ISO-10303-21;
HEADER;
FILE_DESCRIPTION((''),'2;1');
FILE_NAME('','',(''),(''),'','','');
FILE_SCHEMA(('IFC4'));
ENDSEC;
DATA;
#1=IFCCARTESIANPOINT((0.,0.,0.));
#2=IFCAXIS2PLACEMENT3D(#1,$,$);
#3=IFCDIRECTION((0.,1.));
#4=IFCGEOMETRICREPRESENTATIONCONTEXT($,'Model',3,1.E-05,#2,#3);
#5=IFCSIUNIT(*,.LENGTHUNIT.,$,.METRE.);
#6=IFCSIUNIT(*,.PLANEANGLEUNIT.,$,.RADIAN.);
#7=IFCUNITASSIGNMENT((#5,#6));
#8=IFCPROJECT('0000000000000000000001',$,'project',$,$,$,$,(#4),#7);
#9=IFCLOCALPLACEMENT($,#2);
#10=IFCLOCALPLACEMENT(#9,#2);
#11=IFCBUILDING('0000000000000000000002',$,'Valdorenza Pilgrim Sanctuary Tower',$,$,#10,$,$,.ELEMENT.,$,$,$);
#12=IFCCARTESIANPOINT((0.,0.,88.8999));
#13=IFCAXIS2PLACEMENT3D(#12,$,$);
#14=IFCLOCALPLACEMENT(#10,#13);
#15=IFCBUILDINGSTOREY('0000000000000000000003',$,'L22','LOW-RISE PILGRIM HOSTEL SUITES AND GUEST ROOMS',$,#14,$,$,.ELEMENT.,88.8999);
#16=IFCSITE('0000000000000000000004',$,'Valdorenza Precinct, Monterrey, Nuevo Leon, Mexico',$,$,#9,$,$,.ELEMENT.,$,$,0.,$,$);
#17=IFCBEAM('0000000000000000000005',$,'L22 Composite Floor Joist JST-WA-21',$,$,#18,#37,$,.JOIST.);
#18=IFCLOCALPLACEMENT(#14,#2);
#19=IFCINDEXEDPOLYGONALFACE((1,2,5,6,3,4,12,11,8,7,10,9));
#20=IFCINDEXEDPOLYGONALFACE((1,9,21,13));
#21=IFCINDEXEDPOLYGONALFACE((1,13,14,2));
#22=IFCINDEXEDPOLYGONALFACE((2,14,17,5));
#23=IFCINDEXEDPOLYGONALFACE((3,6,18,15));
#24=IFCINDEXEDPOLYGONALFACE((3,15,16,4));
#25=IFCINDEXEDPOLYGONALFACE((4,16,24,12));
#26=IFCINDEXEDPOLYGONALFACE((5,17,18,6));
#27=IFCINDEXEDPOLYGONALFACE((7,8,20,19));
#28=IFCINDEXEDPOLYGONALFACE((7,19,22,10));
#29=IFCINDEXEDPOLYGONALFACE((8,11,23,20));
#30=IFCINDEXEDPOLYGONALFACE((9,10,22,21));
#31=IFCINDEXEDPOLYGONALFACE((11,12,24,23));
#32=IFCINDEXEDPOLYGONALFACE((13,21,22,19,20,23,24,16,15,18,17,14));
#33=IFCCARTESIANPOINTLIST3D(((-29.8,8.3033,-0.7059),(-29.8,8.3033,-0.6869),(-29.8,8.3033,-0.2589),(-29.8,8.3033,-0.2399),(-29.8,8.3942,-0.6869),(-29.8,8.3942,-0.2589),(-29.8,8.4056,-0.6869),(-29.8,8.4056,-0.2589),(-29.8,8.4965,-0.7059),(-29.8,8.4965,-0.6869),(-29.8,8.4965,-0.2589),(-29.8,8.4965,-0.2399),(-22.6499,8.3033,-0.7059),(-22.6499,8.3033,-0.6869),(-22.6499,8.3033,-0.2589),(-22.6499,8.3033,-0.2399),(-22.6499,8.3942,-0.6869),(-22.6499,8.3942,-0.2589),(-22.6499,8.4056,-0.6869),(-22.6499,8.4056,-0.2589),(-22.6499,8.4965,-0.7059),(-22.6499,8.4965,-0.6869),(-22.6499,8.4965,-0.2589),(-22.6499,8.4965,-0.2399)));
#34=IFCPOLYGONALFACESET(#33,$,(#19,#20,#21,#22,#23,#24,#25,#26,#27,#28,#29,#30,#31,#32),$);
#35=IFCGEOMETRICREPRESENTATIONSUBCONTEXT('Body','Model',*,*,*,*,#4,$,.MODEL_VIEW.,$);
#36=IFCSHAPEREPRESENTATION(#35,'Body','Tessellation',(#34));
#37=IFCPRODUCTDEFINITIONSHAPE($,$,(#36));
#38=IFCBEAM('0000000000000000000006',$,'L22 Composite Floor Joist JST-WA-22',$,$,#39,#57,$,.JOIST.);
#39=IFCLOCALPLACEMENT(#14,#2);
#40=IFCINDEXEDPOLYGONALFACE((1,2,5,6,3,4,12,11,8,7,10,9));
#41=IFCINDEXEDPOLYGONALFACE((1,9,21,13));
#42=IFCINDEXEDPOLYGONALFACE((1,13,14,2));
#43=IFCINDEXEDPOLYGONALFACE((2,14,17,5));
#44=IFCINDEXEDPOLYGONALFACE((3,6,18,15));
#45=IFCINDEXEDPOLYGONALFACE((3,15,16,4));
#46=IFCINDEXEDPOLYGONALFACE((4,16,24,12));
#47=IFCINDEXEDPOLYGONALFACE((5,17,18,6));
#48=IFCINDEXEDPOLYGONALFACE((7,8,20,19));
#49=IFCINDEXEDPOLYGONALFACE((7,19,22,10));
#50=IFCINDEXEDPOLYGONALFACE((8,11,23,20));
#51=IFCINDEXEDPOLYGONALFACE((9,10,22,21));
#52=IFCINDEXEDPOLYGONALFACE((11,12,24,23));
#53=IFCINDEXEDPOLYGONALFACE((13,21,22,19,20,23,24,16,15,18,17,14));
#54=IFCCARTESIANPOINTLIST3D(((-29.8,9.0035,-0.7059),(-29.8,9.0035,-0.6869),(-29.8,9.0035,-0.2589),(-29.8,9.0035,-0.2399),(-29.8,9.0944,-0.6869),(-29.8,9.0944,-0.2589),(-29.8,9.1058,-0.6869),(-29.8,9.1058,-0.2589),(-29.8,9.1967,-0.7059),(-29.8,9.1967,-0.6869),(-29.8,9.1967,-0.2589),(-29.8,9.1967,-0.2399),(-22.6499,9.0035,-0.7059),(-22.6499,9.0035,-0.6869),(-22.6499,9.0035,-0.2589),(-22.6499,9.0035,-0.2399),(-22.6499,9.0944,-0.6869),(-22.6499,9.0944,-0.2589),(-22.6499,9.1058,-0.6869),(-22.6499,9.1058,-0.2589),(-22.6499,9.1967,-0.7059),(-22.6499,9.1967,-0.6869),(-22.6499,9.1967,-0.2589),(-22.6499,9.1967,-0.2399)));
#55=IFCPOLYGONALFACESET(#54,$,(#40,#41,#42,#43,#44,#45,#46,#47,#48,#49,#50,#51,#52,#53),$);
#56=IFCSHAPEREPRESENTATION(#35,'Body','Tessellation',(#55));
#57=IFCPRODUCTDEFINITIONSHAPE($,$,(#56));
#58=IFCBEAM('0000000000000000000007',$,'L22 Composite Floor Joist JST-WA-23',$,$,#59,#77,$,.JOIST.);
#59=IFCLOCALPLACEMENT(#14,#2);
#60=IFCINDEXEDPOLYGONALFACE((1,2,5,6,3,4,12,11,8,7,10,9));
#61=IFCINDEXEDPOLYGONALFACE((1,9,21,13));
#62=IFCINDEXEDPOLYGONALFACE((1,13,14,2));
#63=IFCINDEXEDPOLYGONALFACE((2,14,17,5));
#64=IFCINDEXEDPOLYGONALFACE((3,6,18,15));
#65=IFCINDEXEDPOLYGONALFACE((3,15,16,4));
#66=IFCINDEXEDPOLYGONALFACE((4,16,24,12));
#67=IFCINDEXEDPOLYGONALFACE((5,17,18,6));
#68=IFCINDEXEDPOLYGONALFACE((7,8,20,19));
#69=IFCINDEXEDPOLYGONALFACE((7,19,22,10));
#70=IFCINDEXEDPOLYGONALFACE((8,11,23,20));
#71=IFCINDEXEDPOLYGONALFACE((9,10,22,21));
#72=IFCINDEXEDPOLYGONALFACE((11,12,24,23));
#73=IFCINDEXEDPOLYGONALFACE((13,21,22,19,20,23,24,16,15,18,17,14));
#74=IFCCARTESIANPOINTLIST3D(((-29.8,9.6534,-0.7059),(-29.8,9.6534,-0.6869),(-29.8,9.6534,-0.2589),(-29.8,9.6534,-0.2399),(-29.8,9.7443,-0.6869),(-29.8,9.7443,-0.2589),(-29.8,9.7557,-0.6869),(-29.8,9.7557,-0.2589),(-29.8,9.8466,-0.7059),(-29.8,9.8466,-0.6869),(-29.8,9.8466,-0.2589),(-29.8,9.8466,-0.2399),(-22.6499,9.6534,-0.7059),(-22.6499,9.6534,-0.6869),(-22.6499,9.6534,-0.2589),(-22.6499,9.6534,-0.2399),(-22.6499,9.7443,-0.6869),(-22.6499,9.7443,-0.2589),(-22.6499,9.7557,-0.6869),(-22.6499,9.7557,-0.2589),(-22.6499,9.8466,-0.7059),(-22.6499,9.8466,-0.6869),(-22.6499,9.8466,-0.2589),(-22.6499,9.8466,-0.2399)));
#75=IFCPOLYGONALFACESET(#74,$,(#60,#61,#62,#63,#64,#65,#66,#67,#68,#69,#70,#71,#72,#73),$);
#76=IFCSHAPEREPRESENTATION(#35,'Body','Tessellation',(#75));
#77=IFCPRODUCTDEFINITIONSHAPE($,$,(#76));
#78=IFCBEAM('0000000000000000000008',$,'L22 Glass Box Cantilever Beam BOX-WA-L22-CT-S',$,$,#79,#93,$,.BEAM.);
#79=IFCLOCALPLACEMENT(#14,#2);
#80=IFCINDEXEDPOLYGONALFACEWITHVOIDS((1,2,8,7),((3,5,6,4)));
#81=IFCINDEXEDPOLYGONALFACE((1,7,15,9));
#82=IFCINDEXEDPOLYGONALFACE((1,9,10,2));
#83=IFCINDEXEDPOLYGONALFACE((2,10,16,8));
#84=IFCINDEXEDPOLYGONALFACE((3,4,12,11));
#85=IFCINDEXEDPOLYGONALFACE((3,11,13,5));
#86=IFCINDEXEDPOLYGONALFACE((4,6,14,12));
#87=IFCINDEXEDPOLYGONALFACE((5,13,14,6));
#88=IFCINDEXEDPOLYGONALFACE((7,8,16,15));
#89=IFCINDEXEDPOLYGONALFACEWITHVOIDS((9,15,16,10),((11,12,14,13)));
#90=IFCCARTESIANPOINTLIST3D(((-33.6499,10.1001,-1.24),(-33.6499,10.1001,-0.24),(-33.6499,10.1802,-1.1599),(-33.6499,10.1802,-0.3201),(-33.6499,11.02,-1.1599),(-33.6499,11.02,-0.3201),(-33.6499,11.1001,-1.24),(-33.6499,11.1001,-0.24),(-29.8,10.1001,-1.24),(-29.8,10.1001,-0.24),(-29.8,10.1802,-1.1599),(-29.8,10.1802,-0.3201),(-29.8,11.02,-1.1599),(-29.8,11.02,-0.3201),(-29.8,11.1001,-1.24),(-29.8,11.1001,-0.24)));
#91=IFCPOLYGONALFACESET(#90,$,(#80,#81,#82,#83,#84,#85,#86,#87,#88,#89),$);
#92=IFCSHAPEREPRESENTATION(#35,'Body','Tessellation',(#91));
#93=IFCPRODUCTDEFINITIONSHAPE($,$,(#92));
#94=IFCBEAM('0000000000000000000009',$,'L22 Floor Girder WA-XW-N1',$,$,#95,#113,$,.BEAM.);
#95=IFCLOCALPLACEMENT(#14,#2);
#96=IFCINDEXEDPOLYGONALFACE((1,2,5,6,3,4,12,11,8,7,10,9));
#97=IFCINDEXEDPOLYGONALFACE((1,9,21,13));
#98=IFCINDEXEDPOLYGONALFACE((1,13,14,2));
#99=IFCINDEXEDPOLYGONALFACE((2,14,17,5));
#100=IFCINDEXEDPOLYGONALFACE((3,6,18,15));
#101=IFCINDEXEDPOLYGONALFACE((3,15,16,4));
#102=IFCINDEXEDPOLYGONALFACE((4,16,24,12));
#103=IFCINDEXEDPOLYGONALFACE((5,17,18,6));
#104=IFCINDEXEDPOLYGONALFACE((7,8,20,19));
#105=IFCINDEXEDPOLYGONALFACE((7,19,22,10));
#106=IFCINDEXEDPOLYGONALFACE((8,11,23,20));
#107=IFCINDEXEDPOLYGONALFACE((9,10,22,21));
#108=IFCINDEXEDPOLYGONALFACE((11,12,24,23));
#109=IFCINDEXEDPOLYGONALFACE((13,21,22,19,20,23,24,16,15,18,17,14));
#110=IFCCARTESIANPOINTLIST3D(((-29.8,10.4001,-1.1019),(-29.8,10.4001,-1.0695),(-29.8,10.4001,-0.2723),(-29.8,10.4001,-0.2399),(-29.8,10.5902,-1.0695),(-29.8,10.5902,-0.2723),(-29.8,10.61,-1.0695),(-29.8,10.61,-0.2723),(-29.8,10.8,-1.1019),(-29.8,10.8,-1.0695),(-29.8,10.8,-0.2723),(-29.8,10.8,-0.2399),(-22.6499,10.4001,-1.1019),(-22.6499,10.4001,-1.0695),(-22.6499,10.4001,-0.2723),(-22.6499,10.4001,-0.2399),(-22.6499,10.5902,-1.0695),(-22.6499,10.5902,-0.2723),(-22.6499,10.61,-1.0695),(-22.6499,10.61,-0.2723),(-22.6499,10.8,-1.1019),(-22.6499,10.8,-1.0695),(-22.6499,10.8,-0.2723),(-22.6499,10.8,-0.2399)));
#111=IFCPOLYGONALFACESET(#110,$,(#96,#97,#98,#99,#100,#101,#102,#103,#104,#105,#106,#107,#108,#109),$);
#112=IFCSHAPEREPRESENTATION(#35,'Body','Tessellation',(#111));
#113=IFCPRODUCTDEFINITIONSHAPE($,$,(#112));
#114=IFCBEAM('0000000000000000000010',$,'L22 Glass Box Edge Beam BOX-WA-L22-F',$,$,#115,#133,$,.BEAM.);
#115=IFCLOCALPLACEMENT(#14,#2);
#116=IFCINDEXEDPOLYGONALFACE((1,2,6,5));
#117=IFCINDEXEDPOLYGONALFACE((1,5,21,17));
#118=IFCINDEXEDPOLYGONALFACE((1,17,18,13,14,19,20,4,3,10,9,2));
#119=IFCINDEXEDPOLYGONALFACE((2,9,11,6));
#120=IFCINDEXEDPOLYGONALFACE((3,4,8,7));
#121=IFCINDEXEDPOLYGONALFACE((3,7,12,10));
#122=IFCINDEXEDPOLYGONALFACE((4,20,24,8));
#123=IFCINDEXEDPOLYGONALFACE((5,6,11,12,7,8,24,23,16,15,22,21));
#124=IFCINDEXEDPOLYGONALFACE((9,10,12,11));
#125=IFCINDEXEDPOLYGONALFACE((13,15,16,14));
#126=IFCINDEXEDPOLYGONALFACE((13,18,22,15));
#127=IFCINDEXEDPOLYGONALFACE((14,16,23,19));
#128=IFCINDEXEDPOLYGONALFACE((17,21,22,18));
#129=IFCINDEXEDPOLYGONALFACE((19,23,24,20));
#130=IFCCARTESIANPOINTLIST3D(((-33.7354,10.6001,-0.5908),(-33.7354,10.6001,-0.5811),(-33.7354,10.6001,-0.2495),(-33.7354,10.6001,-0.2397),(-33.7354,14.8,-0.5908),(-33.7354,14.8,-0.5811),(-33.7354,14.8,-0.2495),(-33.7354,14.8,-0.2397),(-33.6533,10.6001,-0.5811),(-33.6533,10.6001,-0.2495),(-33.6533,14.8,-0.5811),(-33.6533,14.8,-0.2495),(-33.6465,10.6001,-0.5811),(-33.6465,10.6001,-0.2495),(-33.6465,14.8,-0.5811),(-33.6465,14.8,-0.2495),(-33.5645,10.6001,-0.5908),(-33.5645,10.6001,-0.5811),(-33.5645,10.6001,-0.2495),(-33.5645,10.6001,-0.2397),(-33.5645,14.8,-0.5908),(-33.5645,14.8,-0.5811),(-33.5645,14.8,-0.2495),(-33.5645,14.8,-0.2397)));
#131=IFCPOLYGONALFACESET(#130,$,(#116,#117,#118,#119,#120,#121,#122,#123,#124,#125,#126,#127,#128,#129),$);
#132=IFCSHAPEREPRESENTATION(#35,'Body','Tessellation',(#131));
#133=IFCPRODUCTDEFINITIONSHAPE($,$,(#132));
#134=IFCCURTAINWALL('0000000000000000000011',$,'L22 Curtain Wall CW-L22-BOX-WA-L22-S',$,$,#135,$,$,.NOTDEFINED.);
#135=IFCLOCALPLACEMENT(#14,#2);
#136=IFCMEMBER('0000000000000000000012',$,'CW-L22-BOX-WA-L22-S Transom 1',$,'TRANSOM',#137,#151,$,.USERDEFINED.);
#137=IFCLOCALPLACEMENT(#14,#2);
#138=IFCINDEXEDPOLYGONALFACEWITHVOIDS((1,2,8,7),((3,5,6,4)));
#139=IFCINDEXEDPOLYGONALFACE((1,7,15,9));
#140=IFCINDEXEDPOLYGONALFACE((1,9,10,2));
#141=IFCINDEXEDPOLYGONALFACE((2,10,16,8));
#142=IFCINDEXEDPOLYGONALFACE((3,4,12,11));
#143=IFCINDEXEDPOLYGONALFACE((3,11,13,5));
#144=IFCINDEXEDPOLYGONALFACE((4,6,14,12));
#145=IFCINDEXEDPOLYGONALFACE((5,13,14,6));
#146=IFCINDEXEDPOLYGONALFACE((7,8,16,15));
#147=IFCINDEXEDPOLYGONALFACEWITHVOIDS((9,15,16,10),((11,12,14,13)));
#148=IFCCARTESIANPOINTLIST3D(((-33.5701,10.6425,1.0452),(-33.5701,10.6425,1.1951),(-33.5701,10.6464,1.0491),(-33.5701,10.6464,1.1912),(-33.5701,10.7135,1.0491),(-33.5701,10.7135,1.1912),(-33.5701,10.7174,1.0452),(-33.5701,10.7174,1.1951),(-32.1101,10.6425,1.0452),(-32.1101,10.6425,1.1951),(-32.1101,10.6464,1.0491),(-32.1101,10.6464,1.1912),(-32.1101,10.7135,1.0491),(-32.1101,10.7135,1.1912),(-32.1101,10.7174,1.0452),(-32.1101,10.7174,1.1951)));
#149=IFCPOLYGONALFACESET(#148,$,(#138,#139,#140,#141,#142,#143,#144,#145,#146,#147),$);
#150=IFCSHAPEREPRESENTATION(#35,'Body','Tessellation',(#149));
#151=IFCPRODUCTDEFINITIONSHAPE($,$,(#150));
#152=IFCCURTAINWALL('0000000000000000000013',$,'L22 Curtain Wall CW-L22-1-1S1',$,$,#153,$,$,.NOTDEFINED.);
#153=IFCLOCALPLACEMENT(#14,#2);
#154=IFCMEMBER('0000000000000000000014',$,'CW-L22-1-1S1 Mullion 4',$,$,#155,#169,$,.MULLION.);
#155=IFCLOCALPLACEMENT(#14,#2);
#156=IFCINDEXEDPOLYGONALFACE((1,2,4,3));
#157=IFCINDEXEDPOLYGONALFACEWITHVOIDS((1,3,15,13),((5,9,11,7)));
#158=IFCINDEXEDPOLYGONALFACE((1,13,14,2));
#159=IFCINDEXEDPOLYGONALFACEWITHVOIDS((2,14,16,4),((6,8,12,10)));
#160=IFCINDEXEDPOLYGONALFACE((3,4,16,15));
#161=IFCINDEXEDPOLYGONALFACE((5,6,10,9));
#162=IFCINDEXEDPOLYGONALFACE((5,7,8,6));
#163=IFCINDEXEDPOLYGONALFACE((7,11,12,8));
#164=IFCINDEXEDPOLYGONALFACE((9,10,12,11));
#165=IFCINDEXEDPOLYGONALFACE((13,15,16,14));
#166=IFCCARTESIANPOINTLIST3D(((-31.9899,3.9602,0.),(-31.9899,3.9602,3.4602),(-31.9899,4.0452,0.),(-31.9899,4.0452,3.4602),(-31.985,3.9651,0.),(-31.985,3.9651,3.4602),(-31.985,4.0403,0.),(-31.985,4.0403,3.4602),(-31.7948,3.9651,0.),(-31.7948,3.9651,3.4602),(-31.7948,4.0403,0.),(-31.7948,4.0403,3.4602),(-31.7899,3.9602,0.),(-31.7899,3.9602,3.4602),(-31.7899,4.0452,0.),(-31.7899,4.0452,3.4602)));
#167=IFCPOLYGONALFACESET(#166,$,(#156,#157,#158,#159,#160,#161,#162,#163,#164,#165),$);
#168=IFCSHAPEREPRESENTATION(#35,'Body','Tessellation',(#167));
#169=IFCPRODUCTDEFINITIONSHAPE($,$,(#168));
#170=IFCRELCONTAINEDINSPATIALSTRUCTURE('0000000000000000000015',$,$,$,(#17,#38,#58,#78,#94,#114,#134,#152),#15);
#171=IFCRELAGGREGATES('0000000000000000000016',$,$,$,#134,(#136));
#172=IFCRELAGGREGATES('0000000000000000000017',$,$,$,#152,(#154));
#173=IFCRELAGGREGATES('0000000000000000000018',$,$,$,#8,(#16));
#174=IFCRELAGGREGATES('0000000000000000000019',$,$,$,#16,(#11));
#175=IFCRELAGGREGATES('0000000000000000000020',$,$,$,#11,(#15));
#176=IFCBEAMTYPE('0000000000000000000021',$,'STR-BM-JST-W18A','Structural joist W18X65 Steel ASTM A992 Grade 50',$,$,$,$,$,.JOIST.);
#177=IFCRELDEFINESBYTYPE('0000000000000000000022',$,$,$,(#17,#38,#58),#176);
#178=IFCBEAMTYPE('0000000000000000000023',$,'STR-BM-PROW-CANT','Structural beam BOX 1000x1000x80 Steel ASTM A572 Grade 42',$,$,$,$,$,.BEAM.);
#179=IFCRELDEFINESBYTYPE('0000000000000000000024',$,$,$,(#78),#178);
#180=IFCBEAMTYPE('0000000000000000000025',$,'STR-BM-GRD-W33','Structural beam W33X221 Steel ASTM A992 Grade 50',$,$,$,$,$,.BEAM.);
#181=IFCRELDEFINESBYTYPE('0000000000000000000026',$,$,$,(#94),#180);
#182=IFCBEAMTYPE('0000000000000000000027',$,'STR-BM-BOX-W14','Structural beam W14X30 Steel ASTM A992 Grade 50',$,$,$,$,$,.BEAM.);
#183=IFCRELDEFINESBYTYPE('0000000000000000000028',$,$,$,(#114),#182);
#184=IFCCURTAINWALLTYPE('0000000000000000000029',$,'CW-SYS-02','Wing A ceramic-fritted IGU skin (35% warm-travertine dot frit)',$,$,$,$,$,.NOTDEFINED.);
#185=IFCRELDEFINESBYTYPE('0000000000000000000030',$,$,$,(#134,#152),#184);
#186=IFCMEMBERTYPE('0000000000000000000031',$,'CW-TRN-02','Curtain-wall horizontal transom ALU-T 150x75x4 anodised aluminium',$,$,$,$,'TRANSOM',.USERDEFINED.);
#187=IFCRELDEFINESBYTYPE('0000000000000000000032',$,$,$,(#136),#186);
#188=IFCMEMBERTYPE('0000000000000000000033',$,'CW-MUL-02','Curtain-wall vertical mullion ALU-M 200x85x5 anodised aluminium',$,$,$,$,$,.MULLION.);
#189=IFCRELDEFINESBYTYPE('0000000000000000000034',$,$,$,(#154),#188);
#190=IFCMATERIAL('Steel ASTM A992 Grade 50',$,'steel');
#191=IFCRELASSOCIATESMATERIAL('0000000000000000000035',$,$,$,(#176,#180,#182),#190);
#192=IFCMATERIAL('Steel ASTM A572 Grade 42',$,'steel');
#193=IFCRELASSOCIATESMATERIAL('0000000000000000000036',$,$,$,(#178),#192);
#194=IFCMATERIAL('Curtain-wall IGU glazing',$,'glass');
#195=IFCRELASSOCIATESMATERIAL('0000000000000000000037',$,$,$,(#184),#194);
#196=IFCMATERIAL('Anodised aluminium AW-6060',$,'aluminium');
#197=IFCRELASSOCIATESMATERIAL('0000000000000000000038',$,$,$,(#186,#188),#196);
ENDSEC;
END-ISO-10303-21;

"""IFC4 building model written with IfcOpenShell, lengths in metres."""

from ifc_helpers import new_model, si_unit, direction, frame, origin, origin_2d, place, context, subcontext, project, spatial, hollow_rectangle, i_section, extrude, source, transform, mapped, material, material_profile, profile_set, type_object, element, aggregate, save


model = new_model("IFC4")

# Units and contexts
model_context = context("Model", 3, precision=1e-05, world=origin(), true_north=direction((0.0, 1.0)))
body_context = subcontext(model_context, "Body", "Model", "MODEL_VIEW")
ifc_project = project(units=[si_unit("LENGTHUNIT", "METRE"), si_unit("PLANEANGLEUNIT", "RADIAN")], contexts=[model_context])

# Site, building, storey
site_placement = place(None, origin())
site = spatial("IfcSite", under=ifc_project, at=site_placement, Name="Valdorenza Precinct, Monterrey, Nuevo Leon, Mexico", CompositionType="ELEMENT", RefElevation=0.0)
building_placement = place(site_placement, origin())
building = spatial("IfcBuilding", under=site, at=building_placement, Name="Valdorenza Pilgrim Sanctuary Tower", CompositionType="ELEMENT")
storey_placement = place(building_placement, frame((0.0, 0.0, 88.8999)))
storey = spatial("IfcBuildingStorey", under=building, at=storey_placement, Name="L22", Description="LOW-RISE PILGRIM HOSTEL SUITES AND GUEST ROOMS", CompositionType="ELEMENT", Elevation=88.8999)

# Beams
ifc_material_1 = material(Name="Steel ASTM A992 Grade 50", Category="steel")
ifc_material_profile_1 = material_profile(ifc_material_1, i_section(OverallWidth=0.1931, OverallDepth=0.4661, WebThickness=0.0115, FlangeThickness=0.019, at=origin_2d()), Name="W18X65")
ifc_profile_set_1 = profile_set([ifc_material_profile_1], Name="Steel ASTM A992 Grade 50")
beam_type_1 = type_object("IfcBeamType", Name="STR-BM-JST-W18A", Description="Structural joist W18X65 Steel ASTM A992 Grade 50", PredefinedType="JOIST", material=ifc_profile_set_1)
shared_shape_1 = source(origin(), body_context, "Body", "SweptSolid", [
    extrude(i_section(OverallWidth=0.1931, OverallDepth=0.4661, WebThickness=0.0115, FlangeThickness=0.019, at=origin_2d()), origin(), (0.0, 0.0, 1.0), 7.1501),
])
for number, where, z_axis, x_axis, name in (
    (1, (-29.8, 8.3999, -0.4729), (1.0, 0.0, 0.0), (0.0, 1.0, 0.0), "L22 Composite Floor Joist JST-WA-21"),
    (2, (-29.8, 9.1001, -0.4729), (1.0, 0.0, 0.0), (0.0, 1.0, 0.0), "L22 Composite Floor Joist JST-WA-22"),
    (3, (-29.8, 9.75, -0.4729), (1.0, 0.0, 0.0), (0.0, 1.0, 0.0), "L22 Composite Floor Joist JST-WA-23"),
):
    element("IfcBeam", number, at=place(storey_placement, frame(where, z_axis=z_axis, x_axis=x_axis)), inside=storey, type_object=beam_type_1, Name=name, PredefinedType="JOIST", context=body_context, shape_type="MappedRepresentation", body=[
        mapped(shared_shape_1, transform((0.0, 0.0, 0.0), x_axis=(1.0, 0.0, 0.0), y_axis=(0.0, 1.0, 0.0), z_axis=(0.0, 0.0, 1.0), scale=1.0)),
    ])
ifc_material_2 = material(Name="Steel ASTM A572 Grade 42", Category="steel")
ifc_material_profile_2 = material_profile(ifc_material_2, hollow_rectangle(XDim=1.0, YDim=1.0, WallThickness=0.0801, at=origin_2d()), Name="BOX 1000x1000x80")
ifc_profile_set_2 = profile_set([ifc_material_profile_2], Name="Steel ASTM A572 Grade 42")
beam_type_2 = type_object("IfcBeamType", Name="STR-BM-PROW-CANT", Description="Structural beam BOX 1000x1000x80 Steel ASTM A572 Grade 42", PredefinedType="BEAM", material=ifc_profile_set_2)
shared_shape_2 = source(origin(), body_context, "Body", "SweptSolid", [
    extrude(hollow_rectangle(XDim=1.0, YDim=1.0, WallThickness=0.0801, at=origin_2d()), origin(), (0.0, 0.0, 1.0), 3.8499),
])
beam_1_placement = place(storey_placement, frame((-29.8, 10.6001, -0.74), z_axis=(-1.0, 0.0, 0.0), x_axis=(0.0, -1.0, 0.0)))
element("IfcBeam", 4, at=beam_1_placement, inside=storey, type_object=beam_type_2, Name="L22 Glass Box Cantilever Beam BOX-WA-L22-CT-S", PredefinedType="BEAM", context=body_context, shape_type="MappedRepresentation", body=[
    mapped(shared_shape_2, transform((0.0, 0.0, 0.0), x_axis=(1.0, 0.0, 0.0), y_axis=(0.0, 1.0, 0.0), z_axis=(0.0, 0.0, 1.0), scale=1.0)),
])
ifc_material_profile_3 = material_profile(ifc_material_1, i_section(OverallWidth=0.3999, OverallDepth=0.8621, WebThickness=0.0198, FlangeThickness=0.0325, at=origin_2d()), Name="W33X221")
ifc_profile_set_3 = profile_set([ifc_material_profile_3], Name="Steel ASTM A992 Grade 50")
beam_type_3 = type_object("IfcBeamType", Name="STR-BM-GRD-W33", Description="Structural beam W33X221 Steel ASTM A992 Grade 50", PredefinedType="BEAM", material=ifc_profile_set_3)
shared_shape_3 = source(origin(), body_context, "Body", "SweptSolid", [
    extrude(i_section(OverallWidth=0.3999, OverallDepth=0.8621, WebThickness=0.0198, FlangeThickness=0.0325, at=origin_2d()), origin(), (0.0, 0.0, 1.0), 7.1501),
])
beam_2_placement = place(storey_placement, frame((-29.8, 10.6001, -0.6709), z_axis=(1.0, 0.0, 0.0), x_axis=(0.0, 1.0, 0.0)))
element("IfcBeam", 5, at=beam_2_placement, inside=storey, type_object=beam_type_3, Name="L22 Floor Girder WA-XW-N1", PredefinedType="BEAM", context=body_context, shape_type="MappedRepresentation", body=[
    mapped(shared_shape_3, transform((0.0, 0.0, 0.0), x_axis=(1.0, 0.0, 0.0), y_axis=(0.0, 1.0, 0.0), z_axis=(0.0, 0.0, 1.0), scale=1.0)),
])
ifc_material_profile_4 = material_profile(ifc_material_1, i_section(OverallWidth=0.1709, OverallDepth=0.3511, WebThickness=0.0068, FlangeThickness=0.0098, at=origin_2d()), Name="W14X30")
ifc_profile_set_4 = profile_set([ifc_material_profile_4], Name="Steel ASTM A992 Grade 50")
beam_type_4 = type_object("IfcBeamType", Name="STR-BM-BOX-W14", Description="Structural beam W14X30 Steel ASTM A992 Grade 50", PredefinedType="BEAM", material=ifc_profile_set_4)
shared_shape_4 = source(origin(), body_context, "Body", "SweptSolid", [
    extrude(i_section(OverallWidth=0.1709, OverallDepth=0.3511, WebThickness=0.0068, FlangeThickness=0.0098, at=origin_2d()), origin(), (0.0, 0.0, 1.0), 4.2),
])
beam_3_placement = place(storey_placement, frame((-33.6499, 10.6001, -0.4153), z_axis=(0.0, 1.0, 0.0), x_axis=(-1.0, 0.0, 0.0)))
element("IfcBeam", 6, at=beam_3_placement, inside=storey, type_object=beam_type_4, Name="L22 Glass Box Edge Beam BOX-WA-L22-F", PredefinedType="BEAM", context=body_context, shape_type="MappedRepresentation", body=[
    mapped(shared_shape_4, transform((0.0, 0.0, 0.0), x_axis=(1.0, 0.0, 0.0), y_axis=(0.0, 1.0, 0.0), z_axis=(0.0, 0.0, 1.0), scale=1.0)),
])

# Curtain wall, member
ifc_material_3 = material(Name="Curtain-wall IGU glazing", Category="glass")
curtain_wall_type = type_object("IfcCurtainWallType", Name="CW-SYS-02", Description="Wing A ceramic-fritted IGU skin (35% warm-travertine dot frit)", PredefinedType="NOTDEFINED", material=ifc_material_3)
curtain_wall_1_placement = place(storey_placement, origin())
curtain_wall_1 = element("IfcCurtainWall", 7, at=curtain_wall_1_placement, inside=storey, type_object=curtain_wall_type, Name="L22 Curtain Wall CW-L22-BOX-WA-L22-S", PredefinedType="NOTDEFINED")
ifc_material_4 = material(Name="Anodised aluminium AW-6060", Category="aluminium")
ifc_material_profile_5 = material_profile(ifc_material_4, hollow_rectangle(XDim=0.075, YDim=0.1499, WallThickness=0.0039, at=origin_2d()), Name="ALU-T 150x75x4")
ifc_profile_set_5 = profile_set([ifc_material_profile_5], Name="Anodised aluminium AW-6060")
member_type_1 = type_object("IfcMemberType", Name="CW-TRN-02", Description="Curtain-wall horizontal transom ALU-T 150x75x4 anodised aluminium", ElementType="TRANSOM", PredefinedType="USERDEFINED", material=ifc_profile_set_5)
shared_shape_5 = source(origin(), body_context, "Body", "SweptSolid", [
    extrude(hollow_rectangle(XDim=0.075, YDim=0.1499, WallThickness=0.0039, at=origin_2d()), origin(), (0.0, 0.0, 1.0), 1.46),
])
member_1_placement = place(storey_placement, frame((-32.1101, 10.6799, 1.1201), z_axis=(-1.0, 0.0, 0.0), x_axis=(0.0, -1.0, 0.0)))
member_1 = element("IfcMember", 8, at=member_1_placement, type_object=member_type_1, Name="CW-L22-BOX-WA-L22-S Transom 1", ObjectType="TRANSOM", PredefinedType="USERDEFINED", context=body_context, shape_type="MappedRepresentation", body=[
    mapped(shared_shape_5, transform((0.0, 0.0, 0.0), x_axis=(1.0, 0.0, 0.0), y_axis=(0.0, 1.0, 0.0), z_axis=(0.0, 0.0, 1.0), scale=1.0)),
])

# Curtain wall, member
curtain_wall_2_placement = place(storey_placement, origin())
curtain_wall_2 = element("IfcCurtainWall", 9, at=curtain_wall_2_placement, inside=storey, type_object=curtain_wall_type, Name="L22 Curtain Wall CW-L22-1-1S1", PredefinedType="NOTDEFINED")
ifc_material_profile_6 = material_profile(ifc_material_4, hollow_rectangle(XDim=0.085, YDim=0.2, WallThickness=0.0049, at=origin_2d()), Name="ALU-M 200x85x5")
ifc_profile_set_6 = profile_set([ifc_material_profile_6], Name="Anodised aluminium AW-6060")
member_type_2 = type_object("IfcMemberType", Name="CW-MUL-02", Description="Curtain-wall vertical mullion ALU-M 200x85x5 anodised aluminium", PredefinedType="MULLION", material=ifc_profile_set_6)
shared_shape_6 = source(origin(), body_context, "Body", "SweptSolid", [
    extrude(hollow_rectangle(XDim=0.085, YDim=0.2, WallThickness=0.0049, at=origin_2d()), origin(), (0.0, 0.0, 1.0), 3.4602),
])
member_2_placement = place(storey_placement, frame((-31.8899, 4.0027, 0.0), z_axis=(0.0, 0.0, 1.0), x_axis=(0.0, 1.0, 0.0)))
member_2 = element("IfcMember", 10, at=member_2_placement, type_object=member_type_2, Name="CW-L22-1-1S1 Mullion 4", PredefinedType="MULLION", context=body_context, shape_type="MappedRepresentation", body=[
    mapped(shared_shape_6, transform((0.0, 0.0, 0.0), x_axis=(1.0, 0.0, 0.0), y_axis=(0.0, 1.0, 0.0), z_axis=(0.0, 0.0, 1.0), scale=1.0)),
])

aggregate(curtain_wall_1, [member_1])
aggregate(curtain_wall_2, [member_2])

save(model, "model.ifc")
